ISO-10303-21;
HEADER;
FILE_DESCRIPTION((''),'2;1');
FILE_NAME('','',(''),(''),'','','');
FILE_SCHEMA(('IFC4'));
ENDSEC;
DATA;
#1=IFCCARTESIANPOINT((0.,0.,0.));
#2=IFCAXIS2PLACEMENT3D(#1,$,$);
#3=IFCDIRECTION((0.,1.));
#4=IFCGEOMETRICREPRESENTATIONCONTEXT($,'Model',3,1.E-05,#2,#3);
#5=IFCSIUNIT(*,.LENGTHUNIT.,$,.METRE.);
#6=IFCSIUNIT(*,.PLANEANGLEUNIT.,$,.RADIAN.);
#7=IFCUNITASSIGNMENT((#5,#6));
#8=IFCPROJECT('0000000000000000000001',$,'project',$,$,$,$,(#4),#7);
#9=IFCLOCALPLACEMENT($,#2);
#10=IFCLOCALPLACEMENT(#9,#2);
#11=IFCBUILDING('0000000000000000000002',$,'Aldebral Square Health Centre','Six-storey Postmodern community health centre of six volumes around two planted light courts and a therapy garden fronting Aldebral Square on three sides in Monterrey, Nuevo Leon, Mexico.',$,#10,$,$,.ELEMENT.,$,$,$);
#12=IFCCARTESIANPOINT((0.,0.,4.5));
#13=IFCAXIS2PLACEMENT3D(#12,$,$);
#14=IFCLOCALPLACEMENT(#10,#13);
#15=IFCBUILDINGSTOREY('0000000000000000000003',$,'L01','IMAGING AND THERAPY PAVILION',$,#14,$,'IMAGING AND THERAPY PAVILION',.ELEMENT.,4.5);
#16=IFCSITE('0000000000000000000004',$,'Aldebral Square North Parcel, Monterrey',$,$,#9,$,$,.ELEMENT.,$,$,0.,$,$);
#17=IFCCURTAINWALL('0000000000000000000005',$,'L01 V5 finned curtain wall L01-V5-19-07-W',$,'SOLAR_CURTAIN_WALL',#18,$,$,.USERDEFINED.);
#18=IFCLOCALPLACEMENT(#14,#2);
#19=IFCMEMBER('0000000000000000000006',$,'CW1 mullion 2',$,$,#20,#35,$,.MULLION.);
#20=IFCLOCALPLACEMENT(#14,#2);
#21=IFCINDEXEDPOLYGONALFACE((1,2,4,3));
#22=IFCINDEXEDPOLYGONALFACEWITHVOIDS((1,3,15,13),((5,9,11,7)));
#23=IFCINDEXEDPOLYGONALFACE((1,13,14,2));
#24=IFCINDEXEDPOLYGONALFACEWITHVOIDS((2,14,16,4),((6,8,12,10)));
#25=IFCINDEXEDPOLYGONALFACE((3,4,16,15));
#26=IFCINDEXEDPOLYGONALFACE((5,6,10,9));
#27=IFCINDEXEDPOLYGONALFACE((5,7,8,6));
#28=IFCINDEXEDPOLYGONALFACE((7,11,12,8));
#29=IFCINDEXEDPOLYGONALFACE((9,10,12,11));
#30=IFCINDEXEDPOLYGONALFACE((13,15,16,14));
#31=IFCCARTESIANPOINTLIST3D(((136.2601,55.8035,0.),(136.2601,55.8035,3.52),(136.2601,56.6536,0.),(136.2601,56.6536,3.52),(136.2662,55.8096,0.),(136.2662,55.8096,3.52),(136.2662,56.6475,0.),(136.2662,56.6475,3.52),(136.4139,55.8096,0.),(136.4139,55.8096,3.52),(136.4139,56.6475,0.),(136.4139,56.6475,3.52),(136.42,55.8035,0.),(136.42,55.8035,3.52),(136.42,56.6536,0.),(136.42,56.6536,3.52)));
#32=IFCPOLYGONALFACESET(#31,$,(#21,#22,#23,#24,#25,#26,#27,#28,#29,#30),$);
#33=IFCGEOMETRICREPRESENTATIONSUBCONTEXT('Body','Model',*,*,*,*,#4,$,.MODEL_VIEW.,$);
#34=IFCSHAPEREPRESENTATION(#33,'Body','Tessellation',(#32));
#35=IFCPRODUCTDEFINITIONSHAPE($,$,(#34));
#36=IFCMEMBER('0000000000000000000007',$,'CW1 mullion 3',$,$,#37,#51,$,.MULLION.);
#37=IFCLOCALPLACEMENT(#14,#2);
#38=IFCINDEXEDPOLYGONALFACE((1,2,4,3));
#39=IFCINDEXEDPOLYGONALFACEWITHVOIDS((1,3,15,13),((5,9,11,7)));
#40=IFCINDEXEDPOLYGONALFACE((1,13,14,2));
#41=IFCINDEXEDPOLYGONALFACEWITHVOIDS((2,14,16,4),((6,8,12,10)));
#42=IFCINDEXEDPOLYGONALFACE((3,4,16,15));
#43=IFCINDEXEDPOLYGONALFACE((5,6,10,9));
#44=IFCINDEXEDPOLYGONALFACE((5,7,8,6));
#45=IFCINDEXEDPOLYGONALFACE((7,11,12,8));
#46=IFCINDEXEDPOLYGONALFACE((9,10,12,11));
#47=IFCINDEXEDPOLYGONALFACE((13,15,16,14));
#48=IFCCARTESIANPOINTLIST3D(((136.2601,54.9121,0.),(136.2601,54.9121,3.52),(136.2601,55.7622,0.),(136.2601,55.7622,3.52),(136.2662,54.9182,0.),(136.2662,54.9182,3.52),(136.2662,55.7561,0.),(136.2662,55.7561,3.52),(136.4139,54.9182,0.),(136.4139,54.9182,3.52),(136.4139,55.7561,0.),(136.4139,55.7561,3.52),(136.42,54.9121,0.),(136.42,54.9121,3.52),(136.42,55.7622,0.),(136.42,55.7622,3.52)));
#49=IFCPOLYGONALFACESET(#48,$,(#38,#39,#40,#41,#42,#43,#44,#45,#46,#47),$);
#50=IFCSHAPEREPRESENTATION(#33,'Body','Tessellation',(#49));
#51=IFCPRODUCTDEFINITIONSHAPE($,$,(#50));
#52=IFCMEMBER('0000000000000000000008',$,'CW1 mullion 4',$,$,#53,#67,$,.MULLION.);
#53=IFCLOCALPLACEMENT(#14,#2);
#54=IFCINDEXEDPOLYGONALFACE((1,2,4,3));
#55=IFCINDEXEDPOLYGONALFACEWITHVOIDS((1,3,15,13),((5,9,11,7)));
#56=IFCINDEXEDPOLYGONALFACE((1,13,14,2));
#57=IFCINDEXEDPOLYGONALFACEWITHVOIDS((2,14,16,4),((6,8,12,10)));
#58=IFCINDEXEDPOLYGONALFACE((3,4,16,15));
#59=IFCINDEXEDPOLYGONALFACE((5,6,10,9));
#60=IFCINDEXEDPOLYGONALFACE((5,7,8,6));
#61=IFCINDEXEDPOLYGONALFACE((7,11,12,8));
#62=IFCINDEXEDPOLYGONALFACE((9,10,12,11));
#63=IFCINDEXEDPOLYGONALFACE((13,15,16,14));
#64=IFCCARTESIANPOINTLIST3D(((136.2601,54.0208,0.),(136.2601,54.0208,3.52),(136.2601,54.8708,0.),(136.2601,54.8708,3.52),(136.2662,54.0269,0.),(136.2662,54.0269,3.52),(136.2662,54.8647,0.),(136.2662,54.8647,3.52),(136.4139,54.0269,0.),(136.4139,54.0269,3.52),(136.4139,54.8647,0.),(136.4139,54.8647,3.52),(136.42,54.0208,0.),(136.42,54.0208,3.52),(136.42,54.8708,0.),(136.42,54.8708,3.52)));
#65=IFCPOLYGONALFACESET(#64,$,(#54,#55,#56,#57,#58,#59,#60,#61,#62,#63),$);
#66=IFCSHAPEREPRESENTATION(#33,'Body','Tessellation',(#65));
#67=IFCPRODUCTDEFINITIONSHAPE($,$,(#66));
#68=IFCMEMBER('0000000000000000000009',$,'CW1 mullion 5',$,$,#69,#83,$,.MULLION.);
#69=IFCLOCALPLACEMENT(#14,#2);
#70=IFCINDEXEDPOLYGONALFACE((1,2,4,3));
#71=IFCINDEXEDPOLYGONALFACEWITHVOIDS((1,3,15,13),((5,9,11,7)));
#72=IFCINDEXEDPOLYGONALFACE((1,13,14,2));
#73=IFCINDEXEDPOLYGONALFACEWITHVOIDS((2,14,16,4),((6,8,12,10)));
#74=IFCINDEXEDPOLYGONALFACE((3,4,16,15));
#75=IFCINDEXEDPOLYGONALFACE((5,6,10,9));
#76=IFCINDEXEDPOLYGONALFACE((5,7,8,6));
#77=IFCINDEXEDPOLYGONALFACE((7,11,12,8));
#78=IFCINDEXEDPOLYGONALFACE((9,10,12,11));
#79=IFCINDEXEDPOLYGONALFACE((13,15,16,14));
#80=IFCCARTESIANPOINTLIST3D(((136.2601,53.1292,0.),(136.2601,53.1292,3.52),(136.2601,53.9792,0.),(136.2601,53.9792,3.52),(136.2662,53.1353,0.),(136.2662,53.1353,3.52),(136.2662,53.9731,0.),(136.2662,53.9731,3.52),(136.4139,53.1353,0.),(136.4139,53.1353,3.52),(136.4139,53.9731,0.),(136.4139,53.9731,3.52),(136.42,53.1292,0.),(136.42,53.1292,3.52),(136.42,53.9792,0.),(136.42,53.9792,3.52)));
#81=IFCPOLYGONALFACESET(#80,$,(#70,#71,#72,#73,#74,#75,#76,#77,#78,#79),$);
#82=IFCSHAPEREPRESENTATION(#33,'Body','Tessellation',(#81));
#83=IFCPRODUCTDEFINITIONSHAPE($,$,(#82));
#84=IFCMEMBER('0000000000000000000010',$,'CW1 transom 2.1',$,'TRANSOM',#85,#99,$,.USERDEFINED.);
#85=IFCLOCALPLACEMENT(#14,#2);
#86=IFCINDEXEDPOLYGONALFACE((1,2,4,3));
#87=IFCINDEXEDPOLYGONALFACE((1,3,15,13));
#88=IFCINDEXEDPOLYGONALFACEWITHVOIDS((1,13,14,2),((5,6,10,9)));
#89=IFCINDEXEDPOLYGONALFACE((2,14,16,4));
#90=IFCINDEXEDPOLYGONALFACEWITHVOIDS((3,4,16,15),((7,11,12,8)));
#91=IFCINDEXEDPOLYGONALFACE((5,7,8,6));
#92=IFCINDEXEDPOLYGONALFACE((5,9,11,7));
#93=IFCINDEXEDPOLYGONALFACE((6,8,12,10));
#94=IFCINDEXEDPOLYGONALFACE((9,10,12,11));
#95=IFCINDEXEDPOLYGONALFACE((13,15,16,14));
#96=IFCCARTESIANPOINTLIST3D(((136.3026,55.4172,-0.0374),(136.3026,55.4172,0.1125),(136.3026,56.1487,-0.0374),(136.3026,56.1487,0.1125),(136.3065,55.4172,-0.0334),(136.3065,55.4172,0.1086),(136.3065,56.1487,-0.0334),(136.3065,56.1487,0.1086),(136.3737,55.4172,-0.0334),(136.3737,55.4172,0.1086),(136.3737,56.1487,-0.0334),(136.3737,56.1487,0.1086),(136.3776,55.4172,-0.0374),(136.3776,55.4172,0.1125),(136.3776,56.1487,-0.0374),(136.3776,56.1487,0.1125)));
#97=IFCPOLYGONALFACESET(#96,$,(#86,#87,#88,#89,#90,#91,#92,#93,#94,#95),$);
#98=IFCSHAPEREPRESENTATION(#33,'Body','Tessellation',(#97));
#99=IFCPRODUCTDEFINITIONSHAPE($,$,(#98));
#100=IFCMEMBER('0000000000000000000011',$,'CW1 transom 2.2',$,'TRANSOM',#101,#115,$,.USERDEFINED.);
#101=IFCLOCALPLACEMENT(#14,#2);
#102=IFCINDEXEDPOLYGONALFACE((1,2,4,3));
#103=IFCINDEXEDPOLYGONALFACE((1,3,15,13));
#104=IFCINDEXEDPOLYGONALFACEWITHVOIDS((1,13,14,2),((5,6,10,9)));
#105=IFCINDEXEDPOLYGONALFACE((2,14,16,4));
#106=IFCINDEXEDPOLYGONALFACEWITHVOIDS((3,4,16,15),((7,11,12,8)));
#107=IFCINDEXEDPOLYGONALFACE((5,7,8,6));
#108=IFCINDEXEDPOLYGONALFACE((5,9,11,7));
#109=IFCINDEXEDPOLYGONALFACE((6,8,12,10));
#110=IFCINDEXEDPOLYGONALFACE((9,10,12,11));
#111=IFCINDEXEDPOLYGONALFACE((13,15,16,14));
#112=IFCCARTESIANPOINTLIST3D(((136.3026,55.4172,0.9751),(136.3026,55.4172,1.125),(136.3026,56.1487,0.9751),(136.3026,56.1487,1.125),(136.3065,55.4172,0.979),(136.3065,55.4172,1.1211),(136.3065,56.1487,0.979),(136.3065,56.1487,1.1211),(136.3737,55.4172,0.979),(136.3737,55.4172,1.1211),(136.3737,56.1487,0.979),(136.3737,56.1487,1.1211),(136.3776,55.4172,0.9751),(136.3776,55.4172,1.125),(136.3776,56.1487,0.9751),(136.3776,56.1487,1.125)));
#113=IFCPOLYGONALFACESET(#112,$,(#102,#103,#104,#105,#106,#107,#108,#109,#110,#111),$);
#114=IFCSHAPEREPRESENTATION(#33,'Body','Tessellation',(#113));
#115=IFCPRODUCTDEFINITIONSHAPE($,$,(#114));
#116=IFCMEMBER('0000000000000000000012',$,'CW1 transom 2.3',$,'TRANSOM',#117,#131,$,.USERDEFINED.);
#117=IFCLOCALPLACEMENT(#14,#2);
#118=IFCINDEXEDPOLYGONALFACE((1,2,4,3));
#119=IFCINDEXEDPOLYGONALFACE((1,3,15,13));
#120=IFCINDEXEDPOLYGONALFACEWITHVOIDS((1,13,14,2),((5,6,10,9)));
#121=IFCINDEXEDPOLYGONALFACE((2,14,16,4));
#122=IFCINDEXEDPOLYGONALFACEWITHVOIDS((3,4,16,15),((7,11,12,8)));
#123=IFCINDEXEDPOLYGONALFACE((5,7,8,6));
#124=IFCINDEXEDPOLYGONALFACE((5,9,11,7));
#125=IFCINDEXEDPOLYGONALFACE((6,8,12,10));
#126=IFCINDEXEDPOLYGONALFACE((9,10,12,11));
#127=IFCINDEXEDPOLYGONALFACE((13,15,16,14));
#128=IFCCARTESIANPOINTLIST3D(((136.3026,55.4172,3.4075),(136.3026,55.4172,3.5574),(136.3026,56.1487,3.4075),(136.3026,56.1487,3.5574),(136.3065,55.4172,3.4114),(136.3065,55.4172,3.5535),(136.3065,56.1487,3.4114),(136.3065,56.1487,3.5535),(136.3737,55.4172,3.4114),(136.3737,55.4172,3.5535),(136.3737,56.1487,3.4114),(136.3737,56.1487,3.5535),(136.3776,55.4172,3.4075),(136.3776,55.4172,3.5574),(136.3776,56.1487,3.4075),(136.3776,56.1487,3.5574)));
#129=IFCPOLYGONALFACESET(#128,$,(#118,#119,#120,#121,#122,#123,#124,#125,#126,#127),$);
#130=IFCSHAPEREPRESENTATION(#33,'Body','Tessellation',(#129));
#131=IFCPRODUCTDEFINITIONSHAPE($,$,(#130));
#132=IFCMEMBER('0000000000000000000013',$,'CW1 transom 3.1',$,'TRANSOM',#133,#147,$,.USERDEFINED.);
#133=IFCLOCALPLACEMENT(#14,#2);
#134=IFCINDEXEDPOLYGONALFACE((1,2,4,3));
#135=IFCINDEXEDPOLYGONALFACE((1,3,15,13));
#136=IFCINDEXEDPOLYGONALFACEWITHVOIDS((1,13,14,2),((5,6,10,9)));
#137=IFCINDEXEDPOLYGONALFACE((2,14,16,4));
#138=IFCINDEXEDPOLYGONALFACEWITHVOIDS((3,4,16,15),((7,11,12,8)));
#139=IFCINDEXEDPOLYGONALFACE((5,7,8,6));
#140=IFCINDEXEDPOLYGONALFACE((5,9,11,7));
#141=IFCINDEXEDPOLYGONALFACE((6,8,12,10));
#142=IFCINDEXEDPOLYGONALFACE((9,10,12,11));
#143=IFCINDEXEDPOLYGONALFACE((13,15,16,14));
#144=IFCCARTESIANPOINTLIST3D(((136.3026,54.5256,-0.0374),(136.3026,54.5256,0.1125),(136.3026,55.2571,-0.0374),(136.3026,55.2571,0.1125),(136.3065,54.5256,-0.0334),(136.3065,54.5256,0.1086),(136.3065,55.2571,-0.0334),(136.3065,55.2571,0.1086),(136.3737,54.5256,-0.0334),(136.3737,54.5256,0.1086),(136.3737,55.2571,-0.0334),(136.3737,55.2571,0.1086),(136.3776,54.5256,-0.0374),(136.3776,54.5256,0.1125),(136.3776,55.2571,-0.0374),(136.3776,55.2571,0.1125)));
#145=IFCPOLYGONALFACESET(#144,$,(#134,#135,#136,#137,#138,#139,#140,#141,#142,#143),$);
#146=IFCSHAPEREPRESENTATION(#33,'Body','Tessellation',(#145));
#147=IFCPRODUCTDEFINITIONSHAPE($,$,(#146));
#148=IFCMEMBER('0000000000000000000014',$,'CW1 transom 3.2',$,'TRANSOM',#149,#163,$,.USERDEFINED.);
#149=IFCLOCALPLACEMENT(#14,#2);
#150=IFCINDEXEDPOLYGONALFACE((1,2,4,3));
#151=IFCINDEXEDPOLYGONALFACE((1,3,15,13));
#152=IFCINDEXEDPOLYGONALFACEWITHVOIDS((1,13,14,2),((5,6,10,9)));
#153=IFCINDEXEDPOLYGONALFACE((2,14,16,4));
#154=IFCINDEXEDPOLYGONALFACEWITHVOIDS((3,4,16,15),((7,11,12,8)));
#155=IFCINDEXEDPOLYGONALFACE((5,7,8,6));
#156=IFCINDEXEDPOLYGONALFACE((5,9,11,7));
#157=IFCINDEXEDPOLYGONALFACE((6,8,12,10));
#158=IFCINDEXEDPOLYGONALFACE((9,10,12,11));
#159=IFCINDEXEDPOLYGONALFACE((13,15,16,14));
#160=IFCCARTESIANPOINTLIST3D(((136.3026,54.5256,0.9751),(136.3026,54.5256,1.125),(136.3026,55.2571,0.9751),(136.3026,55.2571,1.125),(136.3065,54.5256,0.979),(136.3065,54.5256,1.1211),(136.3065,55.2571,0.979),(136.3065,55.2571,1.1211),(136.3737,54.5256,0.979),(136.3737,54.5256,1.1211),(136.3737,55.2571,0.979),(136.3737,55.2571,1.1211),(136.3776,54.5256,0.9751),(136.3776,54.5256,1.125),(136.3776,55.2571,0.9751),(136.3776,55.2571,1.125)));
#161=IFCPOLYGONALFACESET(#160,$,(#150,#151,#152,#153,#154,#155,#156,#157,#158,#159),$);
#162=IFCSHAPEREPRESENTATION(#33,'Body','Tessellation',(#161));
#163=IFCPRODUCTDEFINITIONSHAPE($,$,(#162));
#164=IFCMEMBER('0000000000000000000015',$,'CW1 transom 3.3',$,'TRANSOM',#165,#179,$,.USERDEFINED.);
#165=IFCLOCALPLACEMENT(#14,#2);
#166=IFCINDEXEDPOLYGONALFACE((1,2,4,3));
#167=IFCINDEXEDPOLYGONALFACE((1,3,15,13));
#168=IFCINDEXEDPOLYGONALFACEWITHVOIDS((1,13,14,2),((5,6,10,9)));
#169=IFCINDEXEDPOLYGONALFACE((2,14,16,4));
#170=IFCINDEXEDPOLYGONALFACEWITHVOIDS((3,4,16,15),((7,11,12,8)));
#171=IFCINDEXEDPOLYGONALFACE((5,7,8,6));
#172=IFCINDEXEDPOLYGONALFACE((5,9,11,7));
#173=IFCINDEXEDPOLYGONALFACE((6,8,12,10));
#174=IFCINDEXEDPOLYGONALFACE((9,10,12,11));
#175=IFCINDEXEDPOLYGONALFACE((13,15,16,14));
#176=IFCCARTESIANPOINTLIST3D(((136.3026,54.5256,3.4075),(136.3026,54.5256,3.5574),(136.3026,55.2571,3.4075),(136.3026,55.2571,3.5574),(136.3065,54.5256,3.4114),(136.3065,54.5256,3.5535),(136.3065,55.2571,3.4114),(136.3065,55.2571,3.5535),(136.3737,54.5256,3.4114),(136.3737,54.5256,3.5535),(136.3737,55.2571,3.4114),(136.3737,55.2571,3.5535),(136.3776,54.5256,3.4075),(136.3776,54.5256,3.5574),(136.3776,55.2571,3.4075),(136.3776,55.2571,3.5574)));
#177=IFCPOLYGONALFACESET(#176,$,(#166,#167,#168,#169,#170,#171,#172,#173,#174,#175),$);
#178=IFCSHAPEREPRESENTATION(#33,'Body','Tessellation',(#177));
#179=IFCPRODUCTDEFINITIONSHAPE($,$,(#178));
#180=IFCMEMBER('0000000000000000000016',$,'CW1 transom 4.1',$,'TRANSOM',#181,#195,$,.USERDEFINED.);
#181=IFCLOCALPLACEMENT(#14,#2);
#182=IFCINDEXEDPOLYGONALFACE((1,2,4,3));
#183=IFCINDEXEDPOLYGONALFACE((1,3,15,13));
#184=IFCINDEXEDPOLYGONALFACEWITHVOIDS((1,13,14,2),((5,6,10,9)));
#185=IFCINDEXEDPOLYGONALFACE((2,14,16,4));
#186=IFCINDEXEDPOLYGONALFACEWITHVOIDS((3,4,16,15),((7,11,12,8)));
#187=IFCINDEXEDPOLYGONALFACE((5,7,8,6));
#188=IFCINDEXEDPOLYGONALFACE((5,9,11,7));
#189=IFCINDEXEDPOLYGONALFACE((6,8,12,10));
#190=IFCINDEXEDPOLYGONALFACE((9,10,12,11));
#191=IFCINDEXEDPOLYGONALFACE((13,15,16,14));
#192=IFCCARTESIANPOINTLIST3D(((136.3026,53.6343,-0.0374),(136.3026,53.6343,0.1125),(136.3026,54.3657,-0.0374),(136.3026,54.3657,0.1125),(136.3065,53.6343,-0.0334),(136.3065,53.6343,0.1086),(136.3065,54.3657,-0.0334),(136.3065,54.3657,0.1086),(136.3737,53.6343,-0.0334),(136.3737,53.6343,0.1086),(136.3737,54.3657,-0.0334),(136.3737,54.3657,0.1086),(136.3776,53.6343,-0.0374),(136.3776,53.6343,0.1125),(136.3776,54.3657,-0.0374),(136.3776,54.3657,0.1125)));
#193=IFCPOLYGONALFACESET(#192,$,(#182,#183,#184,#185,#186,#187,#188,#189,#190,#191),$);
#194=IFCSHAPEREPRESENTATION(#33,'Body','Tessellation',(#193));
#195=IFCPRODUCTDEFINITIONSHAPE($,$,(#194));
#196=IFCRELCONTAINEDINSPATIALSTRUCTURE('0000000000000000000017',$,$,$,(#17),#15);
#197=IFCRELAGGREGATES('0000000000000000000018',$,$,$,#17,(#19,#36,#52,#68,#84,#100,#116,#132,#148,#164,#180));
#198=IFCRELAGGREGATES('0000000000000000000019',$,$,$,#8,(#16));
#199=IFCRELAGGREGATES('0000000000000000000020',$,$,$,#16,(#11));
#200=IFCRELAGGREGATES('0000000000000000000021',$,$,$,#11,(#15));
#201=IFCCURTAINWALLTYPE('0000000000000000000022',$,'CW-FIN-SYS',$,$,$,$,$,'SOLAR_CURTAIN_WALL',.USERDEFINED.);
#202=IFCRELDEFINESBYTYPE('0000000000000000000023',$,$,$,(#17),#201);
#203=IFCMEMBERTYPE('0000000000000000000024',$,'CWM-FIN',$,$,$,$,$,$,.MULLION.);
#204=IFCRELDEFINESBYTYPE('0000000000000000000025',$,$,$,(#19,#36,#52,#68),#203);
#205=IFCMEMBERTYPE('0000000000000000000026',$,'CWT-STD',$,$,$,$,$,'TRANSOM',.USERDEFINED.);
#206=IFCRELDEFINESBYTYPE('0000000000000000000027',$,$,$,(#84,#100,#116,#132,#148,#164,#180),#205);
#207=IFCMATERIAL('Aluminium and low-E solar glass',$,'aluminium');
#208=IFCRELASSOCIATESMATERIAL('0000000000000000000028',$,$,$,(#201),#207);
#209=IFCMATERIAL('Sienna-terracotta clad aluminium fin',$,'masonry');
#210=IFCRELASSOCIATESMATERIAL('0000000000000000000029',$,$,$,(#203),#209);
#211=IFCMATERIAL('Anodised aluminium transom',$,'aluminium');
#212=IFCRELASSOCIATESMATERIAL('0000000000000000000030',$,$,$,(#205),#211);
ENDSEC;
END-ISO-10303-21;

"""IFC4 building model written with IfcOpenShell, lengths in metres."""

from ifc_helpers import new_model, si_unit, direction, frame, origin, origin_2d, place, context, subcontext, project, spatial, hollow_rectangle, extrude, material, material_profile, profile_set, type_object, element, aggregate, save


model = new_model("IFC4")

# Units and contexts
model_context = context("Model", 3, precision=1e-05, world=origin(), true_north=direction((0.0, 1.0)))
body_context = subcontext(model_context, "Body", "Model", "MODEL_VIEW")
ifc_project = project(units=[si_unit("LENGTHUNIT", "METRE"), si_unit("PLANEANGLEUNIT", "RADIAN")], contexts=[model_context])

# Site, building, storey
site_placement = place(None, origin())
site = spatial("IfcSite", under=ifc_project, at=site_placement, Name="Aldebral Square North Parcel, Monterrey", CompositionType="ELEMENT", RefElevation=0.0)
building_placement = place(site_placement, origin())
building = spatial("IfcBuilding", under=site, at=building_placement, Name="Aldebral Square Health Centre", Description="Six-storey Postmodern community health centre of six volumes around two planted light courts and a therapy garden fronting Aldebral Square on three sides in Monterrey, Nuevo Leon, Mexico.", CompositionType="ELEMENT")
storey_placement = place(building_placement, frame((0.0, 0.0, 4.5)))
storey = spatial("IfcBuildingStorey", under=building, at=storey_placement, Name="L01", Description="IMAGING AND THERAPY PAVILION", LongName="IMAGING AND THERAPY PAVILION", CompositionType="ELEMENT", Elevation=4.5)

# Curtain wall, members
ifc_material_1 = material(Name="Aluminium and low-E solar glass", Category="aluminium")
curtain_wall_type = type_object("IfcCurtainWallType", Name="CW-FIN-SYS", ElementType="SOLAR_CURTAIN_WALL", PredefinedType="USERDEFINED", material=ifc_material_1)
curtain_wall_placement = place(storey_placement, origin())
curtain_wall = element("IfcCurtainWall", 1, at=curtain_wall_placement, inside=storey, type_object=curtain_wall_type, Name="L01 V5 finned curtain wall L01-V5-19-07-W", ObjectType="SOLAR_CURTAIN_WALL", PredefinedType="USERDEFINED")
ifc_material_2 = material(Name="Sienna-terracotta clad aluminium fin", Category="masonry")
ifc_material_profile_1 = material_profile(ifc_material_2, hollow_rectangle(XDim=0.1599, YDim=0.8501, WallThickness=0.0061, at=origin_2d()), Name="FIN 160x850x6")
ifc_profile_set_1 = profile_set([ifc_material_profile_1], Name="Sienna-terracotta clad aluminium fin")
member_type_1 = type_object("IfcMemberType", Name="CWM-FIN", PredefinedType="MULLION", material=ifc_profile_set_1)
member_1_placement = place(storey_placement, frame((136.3401, 56.2285, 0.0), z_axis=(0.0, 0.0, 1.0), x_axis=(1.0, 0.0, 0.0)))
member_1 = element("IfcMember", 2, at=member_1_placement, type_object=member_type_1, Name="CW1 mullion 2", PredefinedType="MULLION", context=body_context, shape_type="SweptSolid", body=[
    extrude(hollow_rectangle(XDim=0.1599, YDim=0.8501, WallThickness=0.0061, at=origin_2d()), origin(), (0.0, 0.0, 1.0), 3.52),
])
member_2_placement = place(storey_placement, frame((136.3401, 55.3372, 0.0), z_axis=(0.0, 0.0, 1.0), x_axis=(1.0, 0.0, 0.0)))
member_2 = element("IfcMember", 3, at=member_2_placement, type_object=member_type_1, Name="CW1 mullion 3", PredefinedType="MULLION", context=body_context, shape_type="SweptSolid", body=[
    extrude(hollow_rectangle(XDim=0.1599, YDim=0.8501, WallThickness=0.0061, at=origin_2d()), origin(), (0.0, 0.0, 1.0), 3.52),
])
member_3_placement = place(storey_placement, frame((136.3401, 54.4458, 0.0), z_axis=(0.0, 0.0, 1.0), x_axis=(1.0, 0.0, 0.0)))
member_3 = element("IfcMember", 4, at=member_3_placement, type_object=member_type_1, Name="CW1 mullion 4", PredefinedType="MULLION", context=body_context, shape_type="SweptSolid", body=[
    extrude(hollow_rectangle(XDim=0.1599, YDim=0.8501, WallThickness=0.0061, at=origin_2d()), origin(), (0.0, 0.0, 1.0), 3.52),
])
member_4_placement = place(storey_placement, frame((136.3401, 53.5542, 0.0), z_axis=(0.0, 0.0, 1.0), x_axis=(1.0, 0.0, 0.0)))
member_4 = element("IfcMember", 5, at=member_4_placement, type_object=member_type_1, Name="CW1 mullion 5", PredefinedType="MULLION", context=body_context, shape_type="SweptSolid", body=[
    extrude(hollow_rectangle(XDim=0.1599, YDim=0.8501, WallThickness=0.0061, at=origin_2d()), origin(), (0.0, 0.0, 1.0), 3.52),
])
ifc_material_3 = material(Name="Anodised aluminium transom", Category="aluminium")
ifc_material_profile_2 = material_profile(ifc_material_3, hollow_rectangle(XDim=0.075, YDim=0.1499, WallThickness=0.0039, at=origin_2d()), Name="CWT 75x150x4")
ifc_profile_set_2 = profile_set([ifc_material_profile_2], Name="Anodised aluminium transom")
member_type_2 = type_object("IfcMemberType", Name="CWT-STD", ElementType="TRANSOM", PredefinedType="USERDEFINED", material=ifc_profile_set_2)
member_5_placement = place(storey_placement, frame((136.3401, 56.1487, 0.0376), z_axis=(0.0, -1.0, 0.0), x_axis=(1.0, 0.0, 0.0)))
member_5 = element("IfcMember", 6, at=member_5_placement, type_object=member_type_2, Name="CW1 transom 2.1", ObjectType="TRANSOM", PredefinedType="USERDEFINED", context=body_context, shape_type="SweptSolid", body=[
    extrude(hollow_rectangle(XDim=0.075, YDim=0.1499, WallThickness=0.0039, at=origin_2d()), origin(), (0.0, 0.0, 1.0), 0.7314),
])
member_6_placement = place(storey_placement, frame((136.3401, 56.1487, 1.05), z_axis=(0.0, -1.0, 0.0), x_axis=(1.0, 0.0, 0.0)))
member_6 = element("IfcMember", 7, at=member_6_placement, type_object=member_type_2, Name="CW1 transom 2.2", ObjectType="TRANSOM", PredefinedType="USERDEFINED", context=body_context, shape_type="SweptSolid", body=[
    extrude(hollow_rectangle(XDim=0.075, YDim=0.1499, WallThickness=0.0039, at=origin_2d()), origin(), (0.0, 0.0, 1.0), 0.7314),
])
member_7_placement = place(storey_placement, frame((136.3401, 56.1487, 3.4824), z_axis=(0.0, -1.0, 0.0), x_axis=(1.0, 0.0, 0.0)))
member_7 = element("IfcMember", 8, at=member_7_placement, type_object=member_type_2, Name="CW1 transom 2.3", ObjectType="TRANSOM", PredefinedType="USERDEFINED", context=body_context, shape_type="SweptSolid", body=[
    extrude(hollow_rectangle(XDim=0.075, YDim=0.1499, WallThickness=0.0039, at=origin_2d()), origin(), (0.0, 0.0, 1.0), 0.7314),
])
member_8_placement = place(storey_placement, frame((136.3401, 55.2571, 0.0376), z_axis=(0.0, -1.0, 0.0), x_axis=(1.0, 0.0, 0.0)))
member_8 = element("IfcMember", 9, at=member_8_placement, type_object=member_type_2, Name="CW1 transom 3.1", ObjectType="TRANSOM", PredefinedType="USERDEFINED", context=body_context, shape_type="SweptSolid", body=[
    extrude(hollow_rectangle(XDim=0.075, YDim=0.1499, WallThickness=0.0039, at=origin_2d()), origin(), (0.0, 0.0, 1.0), 0.7314),
])
member_9_placement = place(storey_placement, frame((136.3401, 55.2571, 1.05), z_axis=(0.0, -1.0, 0.0), x_axis=(1.0, 0.0, 0.0)))
member_9 = element("IfcMember", 10, at=member_9_placement, type_object=member_type_2, Name="CW1 transom 3.2", ObjectType="TRANSOM", PredefinedType="USERDEFINED", context=body_context, shape_type="SweptSolid", body=[
    extrude(hollow_rectangle(XDim=0.075, YDim=0.1499, WallThickness=0.0039, at=origin_2d()), origin(), (0.0, 0.0, 1.0), 0.7314),
])
member_10_placement = place(storey_placement, frame((136.3401, 55.2571, 3.4824), z_axis=(0.0, -1.0, 0.0), x_axis=(1.0, 0.0, 0.0)))
member_10 = element("IfcMember", 11, at=member_10_placement, type_object=member_type_2, Name="CW1 transom 3.3", ObjectType="TRANSOM", PredefinedType="USERDEFINED", context=body_context, shape_type="SweptSolid", body=[
    extrude(hollow_rectangle(XDim=0.075, YDim=0.1499, WallThickness=0.0039, at=origin_2d()), origin(), (0.0, 0.0, 1.0), 0.7314),
])
member_11_placement = place(storey_placement, frame((136.3401, 54.3657, 0.0376), z_axis=(0.0, -1.0, 0.0), x_axis=(1.0, 0.0, 0.0)))
member_11 = element("IfcMember", 12, at=member_11_placement, type_object=member_type_2, Name="CW1 transom 4.1", ObjectType="TRANSOM", PredefinedType="USERDEFINED", context=body_context, shape_type="SweptSolid", body=[
    extrude(hollow_rectangle(XDim=0.075, YDim=0.1499, WallThickness=0.0039, at=origin_2d()), origin(), (0.0, 0.0, 1.0), 0.7314),
])
aggregate(curtain_wall, [member_1, member_2, member_3, member_4, member_5, member_6, member_7, member_8, member_9, member_10, member_11])

save(model, "model.ifc")
